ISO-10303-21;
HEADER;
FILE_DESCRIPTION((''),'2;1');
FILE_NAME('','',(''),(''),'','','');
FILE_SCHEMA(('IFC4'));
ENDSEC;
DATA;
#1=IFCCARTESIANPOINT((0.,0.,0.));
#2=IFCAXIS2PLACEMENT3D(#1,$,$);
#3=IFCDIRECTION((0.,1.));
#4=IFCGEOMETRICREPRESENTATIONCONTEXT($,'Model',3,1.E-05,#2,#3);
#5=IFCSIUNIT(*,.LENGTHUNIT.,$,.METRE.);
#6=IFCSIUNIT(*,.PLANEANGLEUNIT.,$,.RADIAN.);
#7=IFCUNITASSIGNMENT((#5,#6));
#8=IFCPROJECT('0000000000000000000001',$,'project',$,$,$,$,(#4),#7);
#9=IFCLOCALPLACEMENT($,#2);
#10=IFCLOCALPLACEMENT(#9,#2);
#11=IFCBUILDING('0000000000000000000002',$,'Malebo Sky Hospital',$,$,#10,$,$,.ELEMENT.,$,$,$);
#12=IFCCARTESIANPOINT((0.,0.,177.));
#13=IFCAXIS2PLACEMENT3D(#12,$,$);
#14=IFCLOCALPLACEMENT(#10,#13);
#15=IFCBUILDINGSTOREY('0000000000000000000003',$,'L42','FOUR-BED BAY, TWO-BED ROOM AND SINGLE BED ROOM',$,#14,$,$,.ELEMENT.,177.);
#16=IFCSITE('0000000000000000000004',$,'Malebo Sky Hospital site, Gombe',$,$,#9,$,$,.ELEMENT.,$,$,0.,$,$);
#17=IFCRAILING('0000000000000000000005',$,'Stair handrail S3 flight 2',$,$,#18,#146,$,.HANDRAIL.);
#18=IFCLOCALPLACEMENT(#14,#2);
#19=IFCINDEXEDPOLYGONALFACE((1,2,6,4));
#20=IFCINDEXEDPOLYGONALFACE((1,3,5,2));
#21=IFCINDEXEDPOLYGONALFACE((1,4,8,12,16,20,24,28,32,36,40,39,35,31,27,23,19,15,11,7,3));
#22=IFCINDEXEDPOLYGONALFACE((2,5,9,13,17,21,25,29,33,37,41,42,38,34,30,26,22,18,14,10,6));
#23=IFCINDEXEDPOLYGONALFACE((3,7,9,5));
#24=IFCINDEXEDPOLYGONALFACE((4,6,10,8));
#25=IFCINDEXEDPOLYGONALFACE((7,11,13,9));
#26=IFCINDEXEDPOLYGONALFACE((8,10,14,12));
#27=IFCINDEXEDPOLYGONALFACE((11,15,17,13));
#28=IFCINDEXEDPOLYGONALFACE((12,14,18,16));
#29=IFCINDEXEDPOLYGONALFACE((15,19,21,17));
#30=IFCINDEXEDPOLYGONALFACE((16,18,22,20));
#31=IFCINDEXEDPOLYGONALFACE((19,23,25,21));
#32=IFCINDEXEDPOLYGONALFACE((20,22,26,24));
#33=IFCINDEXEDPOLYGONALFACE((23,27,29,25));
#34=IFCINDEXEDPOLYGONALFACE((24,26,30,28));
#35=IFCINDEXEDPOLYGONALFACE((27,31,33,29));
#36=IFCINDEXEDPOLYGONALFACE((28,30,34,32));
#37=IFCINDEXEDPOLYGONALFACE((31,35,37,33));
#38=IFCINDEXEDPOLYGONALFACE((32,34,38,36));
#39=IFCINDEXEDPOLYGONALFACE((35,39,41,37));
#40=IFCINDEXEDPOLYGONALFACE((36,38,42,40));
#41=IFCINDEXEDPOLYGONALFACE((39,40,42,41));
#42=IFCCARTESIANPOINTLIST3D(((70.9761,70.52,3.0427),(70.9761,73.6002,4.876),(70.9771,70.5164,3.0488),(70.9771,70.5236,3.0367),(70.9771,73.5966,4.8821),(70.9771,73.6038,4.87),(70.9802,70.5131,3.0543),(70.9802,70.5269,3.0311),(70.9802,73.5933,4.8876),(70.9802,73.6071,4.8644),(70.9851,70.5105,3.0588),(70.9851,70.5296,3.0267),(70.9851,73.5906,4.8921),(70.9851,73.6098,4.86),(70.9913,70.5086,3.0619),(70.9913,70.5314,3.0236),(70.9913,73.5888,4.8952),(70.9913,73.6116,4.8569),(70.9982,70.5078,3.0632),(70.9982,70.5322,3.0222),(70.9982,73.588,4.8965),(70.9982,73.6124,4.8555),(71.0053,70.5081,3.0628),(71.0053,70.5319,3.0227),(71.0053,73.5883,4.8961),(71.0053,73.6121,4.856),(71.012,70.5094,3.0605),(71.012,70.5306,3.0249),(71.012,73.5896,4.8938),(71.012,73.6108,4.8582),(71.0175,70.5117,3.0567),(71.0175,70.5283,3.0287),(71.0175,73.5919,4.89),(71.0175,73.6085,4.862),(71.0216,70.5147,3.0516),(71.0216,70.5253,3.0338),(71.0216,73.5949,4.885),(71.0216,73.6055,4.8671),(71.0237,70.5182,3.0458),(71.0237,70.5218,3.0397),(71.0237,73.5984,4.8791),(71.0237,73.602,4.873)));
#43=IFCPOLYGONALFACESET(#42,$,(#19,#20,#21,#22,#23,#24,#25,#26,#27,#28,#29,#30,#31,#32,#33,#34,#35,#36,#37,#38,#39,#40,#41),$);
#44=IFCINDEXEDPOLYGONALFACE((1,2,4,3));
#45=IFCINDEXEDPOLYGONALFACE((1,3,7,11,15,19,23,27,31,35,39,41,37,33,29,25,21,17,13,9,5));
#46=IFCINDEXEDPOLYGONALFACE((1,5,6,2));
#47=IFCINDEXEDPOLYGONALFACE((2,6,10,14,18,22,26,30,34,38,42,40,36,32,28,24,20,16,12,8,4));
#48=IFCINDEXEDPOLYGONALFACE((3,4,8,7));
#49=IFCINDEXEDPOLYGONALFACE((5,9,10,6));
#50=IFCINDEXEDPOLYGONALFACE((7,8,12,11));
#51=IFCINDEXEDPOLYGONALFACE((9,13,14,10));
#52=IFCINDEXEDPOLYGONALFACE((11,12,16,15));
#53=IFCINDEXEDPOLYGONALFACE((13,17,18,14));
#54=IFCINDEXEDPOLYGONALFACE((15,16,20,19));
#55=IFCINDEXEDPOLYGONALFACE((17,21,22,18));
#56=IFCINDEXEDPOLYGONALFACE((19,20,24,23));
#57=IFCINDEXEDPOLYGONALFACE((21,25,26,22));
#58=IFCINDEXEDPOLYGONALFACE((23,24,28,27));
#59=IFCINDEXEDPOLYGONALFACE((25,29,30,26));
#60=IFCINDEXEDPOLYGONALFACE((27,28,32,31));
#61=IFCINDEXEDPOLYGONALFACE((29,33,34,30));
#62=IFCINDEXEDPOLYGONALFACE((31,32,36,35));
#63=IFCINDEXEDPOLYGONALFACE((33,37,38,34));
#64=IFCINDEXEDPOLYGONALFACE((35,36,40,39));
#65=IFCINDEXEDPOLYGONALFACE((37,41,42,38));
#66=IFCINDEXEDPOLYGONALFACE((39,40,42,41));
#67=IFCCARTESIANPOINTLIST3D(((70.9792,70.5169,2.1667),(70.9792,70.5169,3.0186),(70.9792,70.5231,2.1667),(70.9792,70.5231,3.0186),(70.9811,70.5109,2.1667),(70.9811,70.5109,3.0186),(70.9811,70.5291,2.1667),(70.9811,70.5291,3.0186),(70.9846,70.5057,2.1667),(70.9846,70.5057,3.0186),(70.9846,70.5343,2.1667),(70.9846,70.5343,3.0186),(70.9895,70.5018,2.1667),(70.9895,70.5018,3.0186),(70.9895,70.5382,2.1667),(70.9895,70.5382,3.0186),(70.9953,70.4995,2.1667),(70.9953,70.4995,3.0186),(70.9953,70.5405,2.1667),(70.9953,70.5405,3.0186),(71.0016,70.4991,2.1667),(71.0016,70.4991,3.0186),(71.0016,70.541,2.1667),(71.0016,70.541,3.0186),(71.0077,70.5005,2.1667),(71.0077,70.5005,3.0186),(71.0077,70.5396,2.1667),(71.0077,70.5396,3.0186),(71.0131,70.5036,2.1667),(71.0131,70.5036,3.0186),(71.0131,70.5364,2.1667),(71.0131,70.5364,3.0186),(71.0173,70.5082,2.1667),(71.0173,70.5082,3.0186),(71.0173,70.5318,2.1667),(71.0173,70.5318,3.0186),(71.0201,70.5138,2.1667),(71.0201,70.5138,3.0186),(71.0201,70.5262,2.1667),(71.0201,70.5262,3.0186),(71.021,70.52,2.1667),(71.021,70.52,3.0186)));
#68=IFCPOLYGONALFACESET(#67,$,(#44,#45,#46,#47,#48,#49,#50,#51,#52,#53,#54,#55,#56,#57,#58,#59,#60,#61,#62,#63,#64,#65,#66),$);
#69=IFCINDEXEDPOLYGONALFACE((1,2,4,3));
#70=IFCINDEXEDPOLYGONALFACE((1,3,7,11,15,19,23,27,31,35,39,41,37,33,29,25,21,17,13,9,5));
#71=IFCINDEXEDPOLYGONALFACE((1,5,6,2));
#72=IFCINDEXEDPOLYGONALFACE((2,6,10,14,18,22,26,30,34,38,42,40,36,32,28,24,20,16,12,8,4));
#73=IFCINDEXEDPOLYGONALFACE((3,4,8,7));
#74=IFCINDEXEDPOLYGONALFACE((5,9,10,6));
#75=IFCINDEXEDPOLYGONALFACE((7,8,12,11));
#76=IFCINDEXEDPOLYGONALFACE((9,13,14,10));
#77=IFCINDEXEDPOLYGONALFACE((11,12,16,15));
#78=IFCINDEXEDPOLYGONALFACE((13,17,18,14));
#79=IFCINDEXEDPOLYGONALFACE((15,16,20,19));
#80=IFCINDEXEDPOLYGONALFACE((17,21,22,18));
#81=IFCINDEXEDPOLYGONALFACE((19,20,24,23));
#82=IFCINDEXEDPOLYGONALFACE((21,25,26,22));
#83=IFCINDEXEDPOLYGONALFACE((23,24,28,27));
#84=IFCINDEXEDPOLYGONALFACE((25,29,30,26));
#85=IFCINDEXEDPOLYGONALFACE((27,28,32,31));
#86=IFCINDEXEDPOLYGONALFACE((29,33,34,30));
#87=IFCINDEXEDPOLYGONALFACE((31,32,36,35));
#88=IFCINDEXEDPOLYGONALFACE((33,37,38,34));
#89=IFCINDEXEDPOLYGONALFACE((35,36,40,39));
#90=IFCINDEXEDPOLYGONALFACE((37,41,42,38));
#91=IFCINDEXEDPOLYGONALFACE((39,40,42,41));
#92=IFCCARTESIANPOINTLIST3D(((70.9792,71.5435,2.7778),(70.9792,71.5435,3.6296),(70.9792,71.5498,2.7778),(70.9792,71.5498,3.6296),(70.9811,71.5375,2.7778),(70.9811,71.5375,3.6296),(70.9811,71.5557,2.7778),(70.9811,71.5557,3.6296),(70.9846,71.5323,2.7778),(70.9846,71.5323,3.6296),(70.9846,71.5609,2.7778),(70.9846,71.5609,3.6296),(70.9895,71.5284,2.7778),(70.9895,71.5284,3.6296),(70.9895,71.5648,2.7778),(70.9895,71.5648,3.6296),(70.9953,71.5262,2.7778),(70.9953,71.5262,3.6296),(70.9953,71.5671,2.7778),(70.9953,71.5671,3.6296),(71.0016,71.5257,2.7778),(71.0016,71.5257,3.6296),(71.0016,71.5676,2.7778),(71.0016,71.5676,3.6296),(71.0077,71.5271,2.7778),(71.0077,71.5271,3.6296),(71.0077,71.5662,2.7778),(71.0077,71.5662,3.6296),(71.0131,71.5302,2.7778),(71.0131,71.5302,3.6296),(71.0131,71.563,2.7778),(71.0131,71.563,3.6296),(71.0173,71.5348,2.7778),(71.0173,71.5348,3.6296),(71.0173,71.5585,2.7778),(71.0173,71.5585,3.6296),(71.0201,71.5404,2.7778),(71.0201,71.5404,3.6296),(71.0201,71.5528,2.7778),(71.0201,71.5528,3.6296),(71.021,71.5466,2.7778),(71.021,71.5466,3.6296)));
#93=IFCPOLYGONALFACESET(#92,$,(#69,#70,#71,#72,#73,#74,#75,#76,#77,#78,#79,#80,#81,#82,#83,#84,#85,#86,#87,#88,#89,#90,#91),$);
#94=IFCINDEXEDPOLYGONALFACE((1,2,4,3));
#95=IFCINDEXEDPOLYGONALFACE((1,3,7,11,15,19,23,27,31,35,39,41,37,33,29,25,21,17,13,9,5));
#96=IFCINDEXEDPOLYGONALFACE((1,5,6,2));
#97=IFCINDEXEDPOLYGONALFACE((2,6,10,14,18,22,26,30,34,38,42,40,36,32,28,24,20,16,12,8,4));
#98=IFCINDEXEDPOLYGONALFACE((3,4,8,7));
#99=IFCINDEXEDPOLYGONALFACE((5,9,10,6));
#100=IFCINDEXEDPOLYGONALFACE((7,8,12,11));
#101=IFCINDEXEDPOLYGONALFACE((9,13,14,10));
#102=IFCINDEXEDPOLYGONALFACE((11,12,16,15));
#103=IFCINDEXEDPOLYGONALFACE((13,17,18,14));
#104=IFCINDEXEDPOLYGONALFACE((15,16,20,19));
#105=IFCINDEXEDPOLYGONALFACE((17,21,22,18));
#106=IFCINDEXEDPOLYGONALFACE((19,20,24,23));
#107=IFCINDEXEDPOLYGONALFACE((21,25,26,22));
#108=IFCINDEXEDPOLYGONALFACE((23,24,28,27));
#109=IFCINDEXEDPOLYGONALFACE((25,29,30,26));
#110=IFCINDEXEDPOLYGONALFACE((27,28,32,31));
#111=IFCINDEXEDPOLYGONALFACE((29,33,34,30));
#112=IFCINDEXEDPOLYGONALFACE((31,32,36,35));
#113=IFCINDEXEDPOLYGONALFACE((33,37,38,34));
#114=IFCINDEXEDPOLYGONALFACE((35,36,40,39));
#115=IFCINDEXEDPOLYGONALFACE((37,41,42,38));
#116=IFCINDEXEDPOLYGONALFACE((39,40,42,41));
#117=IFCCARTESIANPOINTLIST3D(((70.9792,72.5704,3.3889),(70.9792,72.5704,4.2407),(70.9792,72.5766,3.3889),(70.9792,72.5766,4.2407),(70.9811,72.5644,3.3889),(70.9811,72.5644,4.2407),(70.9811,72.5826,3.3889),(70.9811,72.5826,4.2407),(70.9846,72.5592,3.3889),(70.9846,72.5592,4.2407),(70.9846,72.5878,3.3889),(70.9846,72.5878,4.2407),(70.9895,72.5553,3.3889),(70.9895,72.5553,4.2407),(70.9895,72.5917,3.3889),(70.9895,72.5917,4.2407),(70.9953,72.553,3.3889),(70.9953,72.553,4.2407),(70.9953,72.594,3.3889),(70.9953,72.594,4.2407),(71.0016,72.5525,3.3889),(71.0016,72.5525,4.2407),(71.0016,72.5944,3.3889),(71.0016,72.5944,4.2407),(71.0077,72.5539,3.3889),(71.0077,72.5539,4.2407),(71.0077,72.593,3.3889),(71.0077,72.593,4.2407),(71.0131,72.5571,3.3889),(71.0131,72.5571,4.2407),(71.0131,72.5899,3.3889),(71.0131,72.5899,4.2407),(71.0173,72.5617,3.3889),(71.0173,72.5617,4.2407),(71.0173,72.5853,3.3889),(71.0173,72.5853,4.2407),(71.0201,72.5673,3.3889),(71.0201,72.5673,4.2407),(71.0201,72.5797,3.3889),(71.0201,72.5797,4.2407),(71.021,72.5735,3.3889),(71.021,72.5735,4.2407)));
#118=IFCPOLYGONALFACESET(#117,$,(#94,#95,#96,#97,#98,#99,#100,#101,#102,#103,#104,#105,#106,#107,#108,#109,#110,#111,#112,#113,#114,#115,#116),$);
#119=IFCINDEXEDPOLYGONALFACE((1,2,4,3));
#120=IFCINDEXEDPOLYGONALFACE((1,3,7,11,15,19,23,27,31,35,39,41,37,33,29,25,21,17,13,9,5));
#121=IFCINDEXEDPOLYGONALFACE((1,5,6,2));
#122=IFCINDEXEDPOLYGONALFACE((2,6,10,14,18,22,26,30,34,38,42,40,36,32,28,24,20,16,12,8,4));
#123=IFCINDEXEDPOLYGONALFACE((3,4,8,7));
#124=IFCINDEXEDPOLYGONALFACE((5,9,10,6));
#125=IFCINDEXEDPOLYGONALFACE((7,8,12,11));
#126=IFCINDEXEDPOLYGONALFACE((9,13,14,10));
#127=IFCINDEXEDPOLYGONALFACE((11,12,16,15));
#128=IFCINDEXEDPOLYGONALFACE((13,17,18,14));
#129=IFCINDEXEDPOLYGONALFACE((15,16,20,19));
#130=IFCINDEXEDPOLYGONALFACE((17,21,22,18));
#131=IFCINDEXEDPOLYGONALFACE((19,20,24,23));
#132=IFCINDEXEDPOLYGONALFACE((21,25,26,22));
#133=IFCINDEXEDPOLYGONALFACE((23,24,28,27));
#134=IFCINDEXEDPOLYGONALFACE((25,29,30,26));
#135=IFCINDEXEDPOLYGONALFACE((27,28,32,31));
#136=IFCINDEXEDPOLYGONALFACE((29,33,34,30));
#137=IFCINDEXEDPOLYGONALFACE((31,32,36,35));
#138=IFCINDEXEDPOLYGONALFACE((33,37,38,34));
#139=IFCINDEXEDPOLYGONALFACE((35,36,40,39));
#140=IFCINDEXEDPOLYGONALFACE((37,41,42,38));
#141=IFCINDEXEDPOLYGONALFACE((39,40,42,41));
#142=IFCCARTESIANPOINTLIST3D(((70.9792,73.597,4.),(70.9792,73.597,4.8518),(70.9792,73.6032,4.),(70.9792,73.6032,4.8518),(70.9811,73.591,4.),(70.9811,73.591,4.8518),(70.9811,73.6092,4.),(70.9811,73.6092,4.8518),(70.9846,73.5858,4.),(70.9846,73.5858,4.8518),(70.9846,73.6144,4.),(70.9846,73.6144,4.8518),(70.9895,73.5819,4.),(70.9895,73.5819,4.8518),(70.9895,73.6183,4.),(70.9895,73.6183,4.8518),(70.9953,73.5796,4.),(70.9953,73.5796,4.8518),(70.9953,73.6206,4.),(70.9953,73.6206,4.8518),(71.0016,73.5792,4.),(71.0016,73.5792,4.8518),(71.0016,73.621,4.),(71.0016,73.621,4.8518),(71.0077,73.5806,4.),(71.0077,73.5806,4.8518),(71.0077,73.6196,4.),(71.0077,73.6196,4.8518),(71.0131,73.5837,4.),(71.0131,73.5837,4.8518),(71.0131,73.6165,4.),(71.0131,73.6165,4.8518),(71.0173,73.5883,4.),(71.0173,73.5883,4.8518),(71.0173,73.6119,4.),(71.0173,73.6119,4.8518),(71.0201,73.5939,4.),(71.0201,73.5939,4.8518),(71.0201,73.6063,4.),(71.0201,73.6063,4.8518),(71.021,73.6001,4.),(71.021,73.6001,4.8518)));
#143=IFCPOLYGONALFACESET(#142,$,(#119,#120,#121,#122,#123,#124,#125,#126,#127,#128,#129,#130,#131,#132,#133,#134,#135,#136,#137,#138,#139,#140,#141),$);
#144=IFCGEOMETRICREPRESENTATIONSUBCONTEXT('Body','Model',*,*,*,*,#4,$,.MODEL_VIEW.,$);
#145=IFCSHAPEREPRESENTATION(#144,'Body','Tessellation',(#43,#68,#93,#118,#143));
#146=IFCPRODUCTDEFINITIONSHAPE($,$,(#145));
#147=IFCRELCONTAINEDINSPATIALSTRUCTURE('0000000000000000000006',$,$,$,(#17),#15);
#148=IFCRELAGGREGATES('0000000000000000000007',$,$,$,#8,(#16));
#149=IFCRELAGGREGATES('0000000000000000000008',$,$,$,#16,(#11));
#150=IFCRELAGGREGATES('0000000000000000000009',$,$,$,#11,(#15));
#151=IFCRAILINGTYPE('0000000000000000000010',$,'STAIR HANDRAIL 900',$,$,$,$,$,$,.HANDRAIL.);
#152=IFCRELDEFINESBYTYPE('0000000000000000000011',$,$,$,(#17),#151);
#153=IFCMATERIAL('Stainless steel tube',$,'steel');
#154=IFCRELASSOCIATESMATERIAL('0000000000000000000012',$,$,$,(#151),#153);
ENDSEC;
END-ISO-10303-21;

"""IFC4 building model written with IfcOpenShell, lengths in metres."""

from ifc_helpers import new_model, si_unit, direction, frame, origin, origin_2d, place, context, subcontext, project, spatial, circle, extrude, material, type_object, element, save


model = new_model("IFC4")

# Units and contexts
model_context = context("Model", 3, precision=1e-05, world=origin(), true_north=direction((0.0, 1.0)))
body_context = subcontext(model_context, "Body", "Model", "MODEL_VIEW")
ifc_project = project(units=[si_unit("LENGTHUNIT", "METRE"), si_unit("PLANEANGLEUNIT", "RADIAN")], contexts=[model_context])

# Site, building, storey
site_placement = place(None, origin())
site = spatial("IfcSite", under=ifc_project, at=site_placement, Name="Malebo Sky Hospital site, Gombe", CompositionType="ELEMENT", RefElevation=0.0)
building_placement = place(site_placement, origin())
building = spatial("IfcBuilding", under=site, at=building_placement, Name="Malebo Sky Hospital", CompositionType="ELEMENT")
storey_placement = place(building_placement, frame((0.0, 0.0, 177.0)))
storey = spatial("IfcBuildingStorey", under=building, at=storey_placement, Name="L42", Description="FOUR-BED BAY, TWO-BED ROOM AND SINGLE BED ROOM", CompositionType="ELEMENT", Elevation=177.0)

# Railing
ifc_material_1 = material(Name="Stainless steel tube", Category="steel")
railing_type = type_object("IfcRailingType", Name="STAIR HANDRAIL 900", PredefinedType="HANDRAIL", material=ifc_material_1)
railing_1_placement = place(storey_placement, frame((71.0, 70.52, 2.1667)))
element("IfcRailing", 1, at=railing_1_placement, inside=storey, type_object=railing_type, Name="Stair handrail S3 flight 2", PredefinedType="HANDRAIL", context=body_context, shape_type="SweptSolid", body=[
    extrude(circle(Radius=0.0239, at=origin_2d()), frame((0.0, 0.0, 0.876), z_axis=(0.0, 0.859309, 0.511458), x_axis=(-1.0, 0.0, 0.0)), (0.0, 0.0, 1.0), 3.5845),
    extrude(circle(Radius=0.021, at=origin_2d()), origin(), (0.0, 0.0, 1.0), 0.8518),
    extrude(circle(Radius=0.021, at=origin_2d()), frame((0.0, 1.0266, 0.6111)), (0.0, 0.0, 1.0), 0.8518),
    extrude(circle(Radius=0.021, at=origin_2d()), frame((0.0, 2.0535, 1.2222)), (0.0, 0.0, 1.0), 0.8518),
    extrude(circle(Radius=0.021, at=origin_2d()), frame((0.0, 3.0801, 1.8333)), (0.0, 0.0, 1.0), 0.8518),
])

save(model, "model.ifc")
